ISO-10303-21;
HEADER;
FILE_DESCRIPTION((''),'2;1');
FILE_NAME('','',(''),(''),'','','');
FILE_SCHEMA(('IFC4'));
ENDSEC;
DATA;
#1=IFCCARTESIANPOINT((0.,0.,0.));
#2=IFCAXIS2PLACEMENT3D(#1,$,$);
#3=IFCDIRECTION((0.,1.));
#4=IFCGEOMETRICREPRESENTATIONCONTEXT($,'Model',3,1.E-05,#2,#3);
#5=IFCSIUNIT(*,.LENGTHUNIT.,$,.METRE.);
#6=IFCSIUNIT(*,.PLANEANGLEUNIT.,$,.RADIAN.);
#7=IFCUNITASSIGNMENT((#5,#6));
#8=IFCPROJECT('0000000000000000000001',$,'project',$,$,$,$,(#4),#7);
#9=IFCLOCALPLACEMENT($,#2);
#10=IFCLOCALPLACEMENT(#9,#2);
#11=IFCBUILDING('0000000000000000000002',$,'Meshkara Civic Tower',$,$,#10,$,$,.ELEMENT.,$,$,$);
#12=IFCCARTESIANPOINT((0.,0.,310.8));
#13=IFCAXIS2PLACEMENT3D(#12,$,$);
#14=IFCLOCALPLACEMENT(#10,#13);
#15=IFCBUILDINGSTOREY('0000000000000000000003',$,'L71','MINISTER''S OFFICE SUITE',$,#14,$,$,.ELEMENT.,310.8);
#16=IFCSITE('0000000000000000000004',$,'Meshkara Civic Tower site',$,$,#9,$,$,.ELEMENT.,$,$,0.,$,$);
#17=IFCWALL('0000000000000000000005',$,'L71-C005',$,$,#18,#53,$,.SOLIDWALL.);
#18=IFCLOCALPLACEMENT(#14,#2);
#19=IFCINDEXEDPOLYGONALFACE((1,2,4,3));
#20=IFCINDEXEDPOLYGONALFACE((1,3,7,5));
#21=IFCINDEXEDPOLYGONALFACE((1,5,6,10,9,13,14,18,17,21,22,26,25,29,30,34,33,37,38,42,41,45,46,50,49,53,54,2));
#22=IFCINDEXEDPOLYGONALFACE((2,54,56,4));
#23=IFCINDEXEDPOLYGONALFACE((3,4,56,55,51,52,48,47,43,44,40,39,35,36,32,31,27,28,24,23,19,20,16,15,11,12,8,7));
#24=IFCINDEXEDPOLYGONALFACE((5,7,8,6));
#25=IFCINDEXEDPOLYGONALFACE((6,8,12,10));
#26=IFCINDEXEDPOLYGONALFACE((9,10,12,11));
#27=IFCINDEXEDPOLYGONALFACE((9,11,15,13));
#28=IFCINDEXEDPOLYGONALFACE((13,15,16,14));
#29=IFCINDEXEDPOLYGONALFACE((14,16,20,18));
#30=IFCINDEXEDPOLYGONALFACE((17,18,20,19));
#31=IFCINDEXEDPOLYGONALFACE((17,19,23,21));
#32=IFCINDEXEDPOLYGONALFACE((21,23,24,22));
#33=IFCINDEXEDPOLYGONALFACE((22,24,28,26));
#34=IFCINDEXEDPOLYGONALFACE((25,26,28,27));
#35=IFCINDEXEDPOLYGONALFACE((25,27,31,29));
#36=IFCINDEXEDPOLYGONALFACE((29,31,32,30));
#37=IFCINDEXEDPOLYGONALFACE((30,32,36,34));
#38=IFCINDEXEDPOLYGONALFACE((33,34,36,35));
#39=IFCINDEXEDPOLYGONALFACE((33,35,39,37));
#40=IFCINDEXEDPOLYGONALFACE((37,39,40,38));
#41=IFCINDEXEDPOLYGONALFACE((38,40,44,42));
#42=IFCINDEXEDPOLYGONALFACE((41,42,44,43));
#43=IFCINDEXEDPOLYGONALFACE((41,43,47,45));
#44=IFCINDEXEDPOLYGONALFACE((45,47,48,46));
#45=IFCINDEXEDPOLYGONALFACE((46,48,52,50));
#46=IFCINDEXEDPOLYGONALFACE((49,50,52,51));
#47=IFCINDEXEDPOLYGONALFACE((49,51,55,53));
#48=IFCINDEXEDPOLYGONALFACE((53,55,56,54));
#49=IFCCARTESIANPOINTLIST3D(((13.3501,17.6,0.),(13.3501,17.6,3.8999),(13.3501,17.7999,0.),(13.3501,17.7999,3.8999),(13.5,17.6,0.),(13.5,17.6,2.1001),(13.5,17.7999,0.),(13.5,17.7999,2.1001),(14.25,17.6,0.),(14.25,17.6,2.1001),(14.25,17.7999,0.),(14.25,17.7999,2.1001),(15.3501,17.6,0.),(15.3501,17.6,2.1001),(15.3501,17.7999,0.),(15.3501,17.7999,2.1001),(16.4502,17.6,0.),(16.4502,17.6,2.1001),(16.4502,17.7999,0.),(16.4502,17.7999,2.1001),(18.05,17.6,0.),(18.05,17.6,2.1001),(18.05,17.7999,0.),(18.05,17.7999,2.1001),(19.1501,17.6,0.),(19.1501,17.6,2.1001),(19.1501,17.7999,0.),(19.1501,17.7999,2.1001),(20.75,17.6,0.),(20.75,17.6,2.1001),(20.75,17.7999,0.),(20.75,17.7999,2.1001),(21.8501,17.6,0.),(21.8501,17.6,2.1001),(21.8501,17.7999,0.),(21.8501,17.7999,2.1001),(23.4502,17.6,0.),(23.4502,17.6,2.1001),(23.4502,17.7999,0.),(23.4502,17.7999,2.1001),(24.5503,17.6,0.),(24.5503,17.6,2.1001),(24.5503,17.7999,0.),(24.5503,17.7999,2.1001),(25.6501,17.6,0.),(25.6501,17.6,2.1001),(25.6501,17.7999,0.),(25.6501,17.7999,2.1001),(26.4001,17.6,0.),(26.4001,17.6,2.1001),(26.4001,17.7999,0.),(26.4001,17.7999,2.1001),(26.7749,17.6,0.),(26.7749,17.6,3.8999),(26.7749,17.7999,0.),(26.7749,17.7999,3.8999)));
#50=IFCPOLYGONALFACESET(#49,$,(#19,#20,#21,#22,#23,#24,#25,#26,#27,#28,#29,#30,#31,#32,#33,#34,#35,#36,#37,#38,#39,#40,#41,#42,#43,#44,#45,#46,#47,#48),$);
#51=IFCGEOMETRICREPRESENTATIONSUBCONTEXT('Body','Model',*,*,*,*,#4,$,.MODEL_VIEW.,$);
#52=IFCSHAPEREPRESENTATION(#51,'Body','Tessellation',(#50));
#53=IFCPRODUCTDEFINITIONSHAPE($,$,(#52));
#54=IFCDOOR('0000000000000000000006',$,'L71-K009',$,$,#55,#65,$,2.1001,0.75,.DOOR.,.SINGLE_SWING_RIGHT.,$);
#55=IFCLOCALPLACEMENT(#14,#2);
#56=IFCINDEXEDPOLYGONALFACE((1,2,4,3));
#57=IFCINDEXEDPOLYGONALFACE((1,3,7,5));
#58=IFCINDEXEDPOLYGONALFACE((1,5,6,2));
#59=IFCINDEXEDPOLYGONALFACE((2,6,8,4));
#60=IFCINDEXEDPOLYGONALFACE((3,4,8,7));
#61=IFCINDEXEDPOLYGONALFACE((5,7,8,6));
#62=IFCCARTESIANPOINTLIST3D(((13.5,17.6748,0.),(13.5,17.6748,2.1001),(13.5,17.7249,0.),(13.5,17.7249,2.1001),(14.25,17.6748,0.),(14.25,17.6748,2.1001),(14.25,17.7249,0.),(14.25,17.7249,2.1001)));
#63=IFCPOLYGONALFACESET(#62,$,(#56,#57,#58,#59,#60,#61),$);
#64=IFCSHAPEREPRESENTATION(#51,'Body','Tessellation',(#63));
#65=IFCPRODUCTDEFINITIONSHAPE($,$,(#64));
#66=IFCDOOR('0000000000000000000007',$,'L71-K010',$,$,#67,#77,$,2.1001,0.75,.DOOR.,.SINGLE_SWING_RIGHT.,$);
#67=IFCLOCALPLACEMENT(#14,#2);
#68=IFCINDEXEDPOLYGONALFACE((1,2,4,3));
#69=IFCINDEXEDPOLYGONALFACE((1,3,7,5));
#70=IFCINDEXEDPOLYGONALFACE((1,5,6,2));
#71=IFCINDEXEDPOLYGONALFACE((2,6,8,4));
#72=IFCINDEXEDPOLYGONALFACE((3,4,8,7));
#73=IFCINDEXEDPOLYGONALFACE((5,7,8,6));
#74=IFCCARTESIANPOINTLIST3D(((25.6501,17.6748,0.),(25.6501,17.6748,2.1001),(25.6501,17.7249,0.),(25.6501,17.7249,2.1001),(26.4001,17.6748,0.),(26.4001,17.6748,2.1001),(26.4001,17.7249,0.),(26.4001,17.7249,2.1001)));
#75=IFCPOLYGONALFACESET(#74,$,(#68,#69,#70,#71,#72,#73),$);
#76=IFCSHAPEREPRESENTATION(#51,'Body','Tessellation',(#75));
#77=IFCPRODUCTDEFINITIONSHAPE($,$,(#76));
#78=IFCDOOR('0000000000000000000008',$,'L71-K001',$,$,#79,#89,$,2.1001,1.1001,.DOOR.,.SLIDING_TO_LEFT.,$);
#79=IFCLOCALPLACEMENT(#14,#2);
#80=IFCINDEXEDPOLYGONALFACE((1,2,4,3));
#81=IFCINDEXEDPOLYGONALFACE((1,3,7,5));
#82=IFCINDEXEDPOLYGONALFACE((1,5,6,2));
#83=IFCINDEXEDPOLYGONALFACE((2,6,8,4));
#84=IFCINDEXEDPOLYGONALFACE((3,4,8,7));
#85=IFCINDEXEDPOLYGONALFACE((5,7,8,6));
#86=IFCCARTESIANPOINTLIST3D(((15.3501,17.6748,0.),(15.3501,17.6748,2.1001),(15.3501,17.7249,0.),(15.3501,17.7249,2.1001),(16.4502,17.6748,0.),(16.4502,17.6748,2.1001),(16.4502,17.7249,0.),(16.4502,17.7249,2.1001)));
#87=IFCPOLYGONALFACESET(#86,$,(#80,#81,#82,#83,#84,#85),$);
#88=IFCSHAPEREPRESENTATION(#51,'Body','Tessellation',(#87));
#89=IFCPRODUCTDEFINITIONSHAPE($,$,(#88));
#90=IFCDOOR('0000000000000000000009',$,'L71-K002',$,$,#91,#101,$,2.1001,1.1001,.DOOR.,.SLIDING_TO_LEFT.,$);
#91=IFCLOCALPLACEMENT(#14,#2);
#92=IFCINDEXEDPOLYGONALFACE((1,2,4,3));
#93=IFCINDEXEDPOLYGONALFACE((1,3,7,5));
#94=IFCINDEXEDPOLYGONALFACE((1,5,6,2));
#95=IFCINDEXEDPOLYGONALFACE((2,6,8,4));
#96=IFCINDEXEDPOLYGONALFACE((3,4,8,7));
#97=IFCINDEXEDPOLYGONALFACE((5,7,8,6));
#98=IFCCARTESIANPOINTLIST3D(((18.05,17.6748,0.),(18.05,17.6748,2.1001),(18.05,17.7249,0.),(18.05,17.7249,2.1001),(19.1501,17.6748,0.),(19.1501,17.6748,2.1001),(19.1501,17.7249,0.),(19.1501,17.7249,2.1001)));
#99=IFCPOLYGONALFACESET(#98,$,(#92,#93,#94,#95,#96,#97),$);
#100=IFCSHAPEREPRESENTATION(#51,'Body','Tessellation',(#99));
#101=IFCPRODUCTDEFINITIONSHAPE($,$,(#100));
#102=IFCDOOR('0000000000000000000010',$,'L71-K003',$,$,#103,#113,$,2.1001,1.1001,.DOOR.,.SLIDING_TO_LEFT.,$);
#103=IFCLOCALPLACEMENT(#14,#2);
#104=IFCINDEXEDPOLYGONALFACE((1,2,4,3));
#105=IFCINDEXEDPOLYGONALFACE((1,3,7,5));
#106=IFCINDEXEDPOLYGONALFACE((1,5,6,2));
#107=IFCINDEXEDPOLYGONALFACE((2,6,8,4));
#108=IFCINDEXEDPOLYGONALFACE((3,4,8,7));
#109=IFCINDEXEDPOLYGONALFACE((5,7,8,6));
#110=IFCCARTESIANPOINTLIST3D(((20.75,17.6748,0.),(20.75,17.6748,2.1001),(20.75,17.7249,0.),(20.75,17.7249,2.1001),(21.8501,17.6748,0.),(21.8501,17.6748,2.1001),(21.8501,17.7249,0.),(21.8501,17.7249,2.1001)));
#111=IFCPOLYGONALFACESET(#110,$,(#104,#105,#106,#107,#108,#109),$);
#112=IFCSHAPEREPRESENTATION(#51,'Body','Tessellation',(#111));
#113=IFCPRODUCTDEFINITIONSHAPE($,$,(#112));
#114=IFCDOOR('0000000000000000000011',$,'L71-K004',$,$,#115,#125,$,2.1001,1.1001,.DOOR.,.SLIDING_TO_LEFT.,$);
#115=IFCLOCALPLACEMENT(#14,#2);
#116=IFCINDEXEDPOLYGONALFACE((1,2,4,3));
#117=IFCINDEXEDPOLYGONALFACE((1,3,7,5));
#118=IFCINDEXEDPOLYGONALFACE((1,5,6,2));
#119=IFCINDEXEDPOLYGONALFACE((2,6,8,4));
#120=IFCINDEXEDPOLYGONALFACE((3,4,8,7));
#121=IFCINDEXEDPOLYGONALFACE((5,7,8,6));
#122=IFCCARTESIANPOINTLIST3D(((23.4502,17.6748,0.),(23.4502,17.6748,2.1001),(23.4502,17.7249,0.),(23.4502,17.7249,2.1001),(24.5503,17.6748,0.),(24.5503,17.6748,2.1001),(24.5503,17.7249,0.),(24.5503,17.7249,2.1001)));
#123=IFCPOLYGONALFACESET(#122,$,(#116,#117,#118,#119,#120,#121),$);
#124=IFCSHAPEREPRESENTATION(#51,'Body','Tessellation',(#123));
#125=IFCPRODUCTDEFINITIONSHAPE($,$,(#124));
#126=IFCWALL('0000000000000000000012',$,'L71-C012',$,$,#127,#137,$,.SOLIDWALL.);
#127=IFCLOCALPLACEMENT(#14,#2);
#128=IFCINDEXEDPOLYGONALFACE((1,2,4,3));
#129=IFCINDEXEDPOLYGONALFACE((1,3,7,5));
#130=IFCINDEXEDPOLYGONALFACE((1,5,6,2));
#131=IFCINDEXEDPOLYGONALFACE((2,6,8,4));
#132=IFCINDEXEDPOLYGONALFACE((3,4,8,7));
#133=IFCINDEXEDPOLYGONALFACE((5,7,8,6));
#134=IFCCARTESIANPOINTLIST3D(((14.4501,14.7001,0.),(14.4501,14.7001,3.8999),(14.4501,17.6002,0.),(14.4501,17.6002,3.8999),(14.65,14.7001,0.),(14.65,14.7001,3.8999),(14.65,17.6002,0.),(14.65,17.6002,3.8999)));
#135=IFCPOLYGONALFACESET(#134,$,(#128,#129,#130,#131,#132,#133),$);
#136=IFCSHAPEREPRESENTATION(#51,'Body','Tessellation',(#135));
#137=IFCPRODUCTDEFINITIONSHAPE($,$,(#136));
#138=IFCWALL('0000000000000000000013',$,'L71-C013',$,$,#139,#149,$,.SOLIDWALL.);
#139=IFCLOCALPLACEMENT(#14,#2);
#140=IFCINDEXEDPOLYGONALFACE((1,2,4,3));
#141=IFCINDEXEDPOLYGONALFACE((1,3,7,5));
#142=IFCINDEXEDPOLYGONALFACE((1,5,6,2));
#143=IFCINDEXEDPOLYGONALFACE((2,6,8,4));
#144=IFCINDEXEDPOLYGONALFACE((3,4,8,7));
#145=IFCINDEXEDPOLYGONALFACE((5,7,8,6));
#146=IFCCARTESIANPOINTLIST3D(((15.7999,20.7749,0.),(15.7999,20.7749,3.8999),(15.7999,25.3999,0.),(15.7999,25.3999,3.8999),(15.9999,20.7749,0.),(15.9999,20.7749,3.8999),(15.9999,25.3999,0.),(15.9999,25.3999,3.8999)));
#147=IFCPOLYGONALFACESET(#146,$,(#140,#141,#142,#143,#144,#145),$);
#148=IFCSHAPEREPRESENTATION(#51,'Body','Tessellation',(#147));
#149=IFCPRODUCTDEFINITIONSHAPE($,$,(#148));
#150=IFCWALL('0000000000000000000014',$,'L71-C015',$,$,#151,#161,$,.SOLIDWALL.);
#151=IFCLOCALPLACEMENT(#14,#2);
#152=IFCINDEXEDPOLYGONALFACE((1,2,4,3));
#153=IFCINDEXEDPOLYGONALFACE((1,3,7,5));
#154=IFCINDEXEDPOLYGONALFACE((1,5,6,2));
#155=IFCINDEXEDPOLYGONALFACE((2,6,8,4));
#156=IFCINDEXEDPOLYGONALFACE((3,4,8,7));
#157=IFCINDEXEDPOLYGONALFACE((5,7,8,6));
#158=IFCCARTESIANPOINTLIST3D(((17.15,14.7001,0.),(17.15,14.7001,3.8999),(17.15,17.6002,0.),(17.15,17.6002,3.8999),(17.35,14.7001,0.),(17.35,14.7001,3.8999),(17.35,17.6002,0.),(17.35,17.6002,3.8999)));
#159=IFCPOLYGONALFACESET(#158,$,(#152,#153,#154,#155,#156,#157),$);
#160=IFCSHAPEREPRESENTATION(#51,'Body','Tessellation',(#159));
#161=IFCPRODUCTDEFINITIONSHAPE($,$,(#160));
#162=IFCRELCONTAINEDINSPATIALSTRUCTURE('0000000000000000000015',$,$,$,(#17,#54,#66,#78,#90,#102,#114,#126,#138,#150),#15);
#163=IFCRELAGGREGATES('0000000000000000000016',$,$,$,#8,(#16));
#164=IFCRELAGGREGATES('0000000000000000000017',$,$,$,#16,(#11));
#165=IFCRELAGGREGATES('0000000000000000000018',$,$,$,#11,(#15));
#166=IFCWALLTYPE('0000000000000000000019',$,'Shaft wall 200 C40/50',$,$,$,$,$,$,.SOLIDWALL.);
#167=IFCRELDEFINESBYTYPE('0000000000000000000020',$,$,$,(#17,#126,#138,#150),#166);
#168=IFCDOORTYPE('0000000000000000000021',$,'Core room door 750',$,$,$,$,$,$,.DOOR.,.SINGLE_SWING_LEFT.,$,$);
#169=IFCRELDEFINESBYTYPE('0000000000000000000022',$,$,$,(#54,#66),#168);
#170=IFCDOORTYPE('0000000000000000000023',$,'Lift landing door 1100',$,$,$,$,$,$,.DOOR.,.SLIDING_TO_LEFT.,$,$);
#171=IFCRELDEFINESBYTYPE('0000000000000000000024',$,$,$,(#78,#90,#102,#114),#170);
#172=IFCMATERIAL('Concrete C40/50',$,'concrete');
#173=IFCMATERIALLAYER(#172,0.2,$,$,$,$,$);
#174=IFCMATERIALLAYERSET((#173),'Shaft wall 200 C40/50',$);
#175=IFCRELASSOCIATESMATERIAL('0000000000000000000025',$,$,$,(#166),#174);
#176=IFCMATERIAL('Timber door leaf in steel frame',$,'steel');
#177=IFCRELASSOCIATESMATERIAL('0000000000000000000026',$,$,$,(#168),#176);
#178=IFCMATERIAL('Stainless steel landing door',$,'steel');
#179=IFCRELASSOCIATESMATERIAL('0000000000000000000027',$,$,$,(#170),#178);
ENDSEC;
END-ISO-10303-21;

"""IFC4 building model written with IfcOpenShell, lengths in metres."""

from ifc_helpers import new_model, si_unit, direction, frame, frame_2d, origin, place, context, subcontext, project, spatial, rectangle, extrude, material, layer, layer_set, type_object, element, fill, save


model = new_model("IFC4")

# Units and contexts
model_context = context("Model", 3, precision=1e-05, world=origin(), true_north=direction((0.0, 1.0)))
body_context = subcontext(model_context, "Body", "Model", "MODEL_VIEW")
ifc_project = project(units=[si_unit("LENGTHUNIT", "METRE"), si_unit("PLANEANGLEUNIT", "RADIAN")], contexts=[model_context])

# Site, building, storey
site_placement = place(None, origin())
site = spatial("IfcSite", under=ifc_project, at=site_placement, Name="Meshkara Civic Tower site", CompositionType="ELEMENT", RefElevation=0.0)
building_placement = place(site_placement, origin())
building = spatial("IfcBuilding", under=site, at=building_placement, Name="Meshkara Civic Tower", CompositionType="ELEMENT")
storey_placement = place(building_placement, frame((0.0, 0.0, 310.8)))
storey = spatial("IfcBuildingStorey", under=building, at=storey_placement, Name="L71", Description="MINISTER'S OFFICE SUITE", CompositionType="ELEMENT", Elevation=310.8)

# Wall, openings, doors
ifc_material_1 = material(Name="Concrete C40/50", Category="concrete")
ifc_layer_1 = layer(ifc_material_1, 0.2)
ifc_layer_set_1 = layer_set([ifc_layer_1], Name="Shaft wall 200 C40/50")
wall_type_1 = type_object("IfcWallType", Name="Shaft wall 200 C40/50", PredefinedType="SOLIDWALL", material=ifc_layer_set_1)
wall_1_placement = place(storey_placement, frame((13.3501, 17.7, 0.0), z_axis=(0.0, 0.0, 1.0), x_axis=(1.0, 0.0, 0.0)))
wall_1 = element("IfcWall", 1, at=wall_1_placement, inside=storey, type_object=wall_type_1, Name="L71-C005", PredefinedType="SOLIDWALL", context=body_context, shape_type="SweptSolid", body=[
    extrude(rectangle(XDim=13.4248, YDim=0.2, at=frame_2d((6.7124, 0.0))), origin(), (0.0, 0.0, 1.0), 3.8999),
])
opening_1_placement = place(wall_1_placement, frame((2.0, 0.0, 0.0)))
opening_1 = element("IfcOpeningElement", 2, at=opening_1_placement, cuts=wall_1, PredefinedType="OPENING", context=body_context, shape_type="SweptSolid", body=[
    extrude(rectangle(XDim=1.1001, YDim=2.1001, at=frame_2d((0.55, 1.05))), frame((0.0, 0.1099, 0.0), z_axis=(0.0, -1.0, 0.0), x_axis=(1.0, 0.0, 0.0)), (0.0, 0.0, 1.0), 0.22),
])
opening_2_placement = place(wall_1_placement, frame((4.7, 0.0, 0.0)))
opening_2 = element("IfcOpeningElement", 3, at=opening_2_placement, cuts=wall_1, PredefinedType="OPENING", context=body_context, shape_type="SweptSolid", body=[
    extrude(rectangle(XDim=1.1001, YDim=2.1001, at=frame_2d((0.55, 1.05))), frame((0.0, 0.1099, 0.0), z_axis=(0.0, -1.0, 0.0), x_axis=(1.0, 0.0, 0.0)), (0.0, 0.0, 1.0), 0.22),
])
opening_3_placement = place(wall_1_placement, frame((7.3999, 0.0, 0.0)))
opening_3 = element("IfcOpeningElement", 4, at=opening_3_placement, cuts=wall_1, PredefinedType="OPENING", context=body_context, shape_type="SweptSolid", body=[
    extrude(rectangle(XDim=1.1001, YDim=2.1001, at=frame_2d((0.55, 1.05))), frame((0.0, 0.1099, 0.0), z_axis=(0.0, -1.0, 0.0), x_axis=(1.0, 0.0, 0.0)), (0.0, 0.0, 1.0), 0.22),
])
opening_4_placement = place(wall_1_placement, frame((10.1001, 0.0, 0.0)))
opening_4 = element("IfcOpeningElement", 5, at=opening_4_placement, cuts=wall_1, PredefinedType="OPENING", context=body_context, shape_type="SweptSolid", body=[
    extrude(rectangle(XDim=1.1001, YDim=2.1001, at=frame_2d((0.55, 1.05))), frame((0.0, 0.1099, 0.0), z_axis=(0.0, -1.0, 0.0), x_axis=(1.0, 0.0, 0.0)), (0.0, 0.0, 1.0), 0.22),
])
opening_5_placement = place(wall_1_placement, frame((0.1499, 0.0, 0.0)))
opening_5 = element("IfcOpeningElement", 6, at=opening_5_placement, cuts=wall_1, PredefinedType="OPENING", context=body_context, shape_type="SweptSolid", body=[
    extrude(rectangle(XDim=0.75, YDim=2.1001, at=frame_2d((0.375, 1.05))), frame((0.0, 0.1099, 0.0), z_axis=(0.0, -1.0, 0.0), x_axis=(1.0, 0.0, 0.0)), (0.0, 0.0, 1.0), 0.22),
])
opening_6_placement = place(wall_1_placement, frame((12.3, 0.0, 0.0)))
opening_6 = element("IfcOpeningElement", 7, at=opening_6_placement, cuts=wall_1, PredefinedType="OPENING", context=body_context, shape_type="SweptSolid", body=[
    extrude(rectangle(XDim=0.75, YDim=2.1001, at=frame_2d((0.375, 1.05))), frame((0.0, 0.1099, 0.0), z_axis=(0.0, -1.0, 0.0), x_axis=(1.0, 0.0, 0.0)), (0.0, 0.0, 1.0), 0.22),
])
ifc_material_2 = material(Name="Timber door leaf in steel frame", Category="steel")
door_type_1 = type_object("IfcDoorType", Name="Core room door 750", OperationType="SINGLE_SWING_LEFT", PredefinedType="DOOR", material=ifc_material_2)
door_1_placement = place(opening_5_placement, origin())
door_1 = element("IfcDoor", 8, at=door_1_placement, inside=storey, type_object=door_type_1, Name="L71-K009", OperationType="SINGLE_SWING_RIGHT", OverallHeight=2.1001, OverallWidth=0.75, PredefinedType="DOOR", context=body_context, shape_type="SweptSolid", body=[
    extrude(rectangle(XDim=0.75, YDim=2.1001, at=frame_2d((0.375, 1.05))), frame((0.0, 0.0249, 0.0), z_axis=(0.0, -1.0, 0.0), x_axis=(1.0, 0.0, 0.0)), (0.0, 0.0, 1.0), 0.05),
])
fill(opening_5, door_1)
door_2_placement = place(opening_6_placement, origin())
door_2 = element("IfcDoor", 9, at=door_2_placement, inside=storey, type_object=door_type_1, Name="L71-K010", OperationType="SINGLE_SWING_RIGHT", OverallHeight=2.1001, OverallWidth=0.75, PredefinedType="DOOR", context=body_context, shape_type="SweptSolid", body=[
    extrude(rectangle(XDim=0.75, YDim=2.1001, at=frame_2d((0.375, 1.05))), frame((0.0, 0.0249, 0.0), z_axis=(0.0, -1.0, 0.0), x_axis=(1.0, 0.0, 0.0)), (0.0, 0.0, 1.0), 0.05),
])
fill(opening_6, door_2)
ifc_material_3 = material(Name="Stainless steel landing door", Category="steel")
door_type_2 = type_object("IfcDoorType", Name="Lift landing door 1100", OperationType="SLIDING_TO_LEFT", PredefinedType="DOOR", material=ifc_material_3)
door_3_placement = place(opening_1_placement, origin())
door_3 = element("IfcDoor", 10, at=door_3_placement, inside=storey, type_object=door_type_2, Name="L71-K001", OperationType="SLIDING_TO_LEFT", OverallHeight=2.1001, OverallWidth=1.1001, PredefinedType="DOOR", context=body_context, shape_type="SweptSolid", body=[
    extrude(rectangle(XDim=1.1001, YDim=2.1001, at=frame_2d((0.55, 1.05))), frame((0.0, 0.0249, 0.0), z_axis=(0.0, -1.0, 0.0), x_axis=(1.0, 0.0, 0.0)), (0.0, 0.0, 1.0), 0.05),
])
fill(opening_1, door_3)
door_4_placement = place(opening_2_placement, origin())
door_4 = element("IfcDoor", 11, at=door_4_placement, inside=storey, type_object=door_type_2, Name="L71-K002", OperationType="SLIDING_TO_LEFT", OverallHeight=2.1001, OverallWidth=1.1001, PredefinedType="DOOR", context=body_context, shape_type="SweptSolid", body=[
    extrude(rectangle(XDim=1.1001, YDim=2.1001, at=frame_2d((0.55, 1.05))), frame((0.0, 0.0249, 0.0), z_axis=(0.0, -1.0, 0.0), x_axis=(1.0, 0.0, 0.0)), (0.0, 0.0, 1.0), 0.05),
])
fill(opening_2, door_4)
door_5_placement = place(opening_3_placement, origin())
door_5 = element("IfcDoor", 12, at=door_5_placement, inside=storey, type_object=door_type_2, Name="L71-K003", OperationType="SLIDING_TO_LEFT", OverallHeight=2.1001, OverallWidth=1.1001, PredefinedType="DOOR", context=body_context, shape_type="SweptSolid", body=[
    extrude(rectangle(XDim=1.1001, YDim=2.1001, at=frame_2d((0.55, 1.05))), frame((0.0, 0.0249, 0.0), z_axis=(0.0, -1.0, 0.0), x_axis=(1.0, 0.0, 0.0)), (0.0, 0.0, 1.0), 0.05),
])
fill(opening_3, door_5)
door_6_placement = place(opening_4_placement, origin())
door_6 = element("IfcDoor", 13, at=door_6_placement, inside=storey, type_object=door_type_2, Name="L71-K004", OperationType="SLIDING_TO_LEFT", OverallHeight=2.1001, OverallWidth=1.1001, PredefinedType="DOOR", context=body_context, shape_type="SweptSolid", body=[
    extrude(rectangle(XDim=1.1001, YDim=2.1001, at=frame_2d((0.55, 1.05))), frame((0.0, 0.0249, 0.0), z_axis=(0.0, -1.0, 0.0), x_axis=(1.0, 0.0, 0.0)), (0.0, 0.0, 1.0), 0.05),
])
fill(opening_4, door_6)

# Walls
wall_2_placement = place(storey_placement, frame((14.55, 14.7, 0.0), z_axis=(0.0, 0.0, 1.0), x_axis=(0.0, 1.0, 0.0)))
element("IfcWall", 14, at=wall_2_placement, inside=storey, type_object=wall_type_1, Name="L71-C012", PredefinedType="SOLIDWALL", context=body_context, shape_type="SweptSolid", body=[
    extrude(rectangle(XDim=2.9001, YDim=0.2, at=frame_2d((1.4502, 0.0))), origin(), (0.0, 0.0, 1.0), 3.8999),
])
wall_3_placement = place(storey_placement, frame((15.8999, 20.7749, 0.0), z_axis=(0.0, 0.0, 1.0), x_axis=(0.0, 1.0, 0.0)))
element("IfcWall", 15, at=wall_3_placement, inside=storey, type_object=wall_type_1, Name="L71-C013", PredefinedType="SOLIDWALL", context=body_context, shape_type="SweptSolid", body=[
    extrude(rectangle(XDim=4.625, YDim=0.2, at=frame_2d((2.3125, 0.0))), origin(), (0.0, 0.0, 1.0), 3.8999),
])
wall_4_placement = place(storey_placement, frame((17.25, 14.7, 0.0), z_axis=(0.0, 0.0, 1.0), x_axis=(0.0, 1.0, 0.0)))
element("IfcWall", 16, at=wall_4_placement, inside=storey, type_object=wall_type_1, Name="L71-C015", PredefinedType="SOLIDWALL", context=body_context, shape_type="SweptSolid", body=[
    extrude(rectangle(XDim=2.9001, YDim=0.2, at=frame_2d((1.4502, 0.0))), origin(), (0.0, 0.0, 1.0), 3.8999),
])

save(model, "model.ifc")
